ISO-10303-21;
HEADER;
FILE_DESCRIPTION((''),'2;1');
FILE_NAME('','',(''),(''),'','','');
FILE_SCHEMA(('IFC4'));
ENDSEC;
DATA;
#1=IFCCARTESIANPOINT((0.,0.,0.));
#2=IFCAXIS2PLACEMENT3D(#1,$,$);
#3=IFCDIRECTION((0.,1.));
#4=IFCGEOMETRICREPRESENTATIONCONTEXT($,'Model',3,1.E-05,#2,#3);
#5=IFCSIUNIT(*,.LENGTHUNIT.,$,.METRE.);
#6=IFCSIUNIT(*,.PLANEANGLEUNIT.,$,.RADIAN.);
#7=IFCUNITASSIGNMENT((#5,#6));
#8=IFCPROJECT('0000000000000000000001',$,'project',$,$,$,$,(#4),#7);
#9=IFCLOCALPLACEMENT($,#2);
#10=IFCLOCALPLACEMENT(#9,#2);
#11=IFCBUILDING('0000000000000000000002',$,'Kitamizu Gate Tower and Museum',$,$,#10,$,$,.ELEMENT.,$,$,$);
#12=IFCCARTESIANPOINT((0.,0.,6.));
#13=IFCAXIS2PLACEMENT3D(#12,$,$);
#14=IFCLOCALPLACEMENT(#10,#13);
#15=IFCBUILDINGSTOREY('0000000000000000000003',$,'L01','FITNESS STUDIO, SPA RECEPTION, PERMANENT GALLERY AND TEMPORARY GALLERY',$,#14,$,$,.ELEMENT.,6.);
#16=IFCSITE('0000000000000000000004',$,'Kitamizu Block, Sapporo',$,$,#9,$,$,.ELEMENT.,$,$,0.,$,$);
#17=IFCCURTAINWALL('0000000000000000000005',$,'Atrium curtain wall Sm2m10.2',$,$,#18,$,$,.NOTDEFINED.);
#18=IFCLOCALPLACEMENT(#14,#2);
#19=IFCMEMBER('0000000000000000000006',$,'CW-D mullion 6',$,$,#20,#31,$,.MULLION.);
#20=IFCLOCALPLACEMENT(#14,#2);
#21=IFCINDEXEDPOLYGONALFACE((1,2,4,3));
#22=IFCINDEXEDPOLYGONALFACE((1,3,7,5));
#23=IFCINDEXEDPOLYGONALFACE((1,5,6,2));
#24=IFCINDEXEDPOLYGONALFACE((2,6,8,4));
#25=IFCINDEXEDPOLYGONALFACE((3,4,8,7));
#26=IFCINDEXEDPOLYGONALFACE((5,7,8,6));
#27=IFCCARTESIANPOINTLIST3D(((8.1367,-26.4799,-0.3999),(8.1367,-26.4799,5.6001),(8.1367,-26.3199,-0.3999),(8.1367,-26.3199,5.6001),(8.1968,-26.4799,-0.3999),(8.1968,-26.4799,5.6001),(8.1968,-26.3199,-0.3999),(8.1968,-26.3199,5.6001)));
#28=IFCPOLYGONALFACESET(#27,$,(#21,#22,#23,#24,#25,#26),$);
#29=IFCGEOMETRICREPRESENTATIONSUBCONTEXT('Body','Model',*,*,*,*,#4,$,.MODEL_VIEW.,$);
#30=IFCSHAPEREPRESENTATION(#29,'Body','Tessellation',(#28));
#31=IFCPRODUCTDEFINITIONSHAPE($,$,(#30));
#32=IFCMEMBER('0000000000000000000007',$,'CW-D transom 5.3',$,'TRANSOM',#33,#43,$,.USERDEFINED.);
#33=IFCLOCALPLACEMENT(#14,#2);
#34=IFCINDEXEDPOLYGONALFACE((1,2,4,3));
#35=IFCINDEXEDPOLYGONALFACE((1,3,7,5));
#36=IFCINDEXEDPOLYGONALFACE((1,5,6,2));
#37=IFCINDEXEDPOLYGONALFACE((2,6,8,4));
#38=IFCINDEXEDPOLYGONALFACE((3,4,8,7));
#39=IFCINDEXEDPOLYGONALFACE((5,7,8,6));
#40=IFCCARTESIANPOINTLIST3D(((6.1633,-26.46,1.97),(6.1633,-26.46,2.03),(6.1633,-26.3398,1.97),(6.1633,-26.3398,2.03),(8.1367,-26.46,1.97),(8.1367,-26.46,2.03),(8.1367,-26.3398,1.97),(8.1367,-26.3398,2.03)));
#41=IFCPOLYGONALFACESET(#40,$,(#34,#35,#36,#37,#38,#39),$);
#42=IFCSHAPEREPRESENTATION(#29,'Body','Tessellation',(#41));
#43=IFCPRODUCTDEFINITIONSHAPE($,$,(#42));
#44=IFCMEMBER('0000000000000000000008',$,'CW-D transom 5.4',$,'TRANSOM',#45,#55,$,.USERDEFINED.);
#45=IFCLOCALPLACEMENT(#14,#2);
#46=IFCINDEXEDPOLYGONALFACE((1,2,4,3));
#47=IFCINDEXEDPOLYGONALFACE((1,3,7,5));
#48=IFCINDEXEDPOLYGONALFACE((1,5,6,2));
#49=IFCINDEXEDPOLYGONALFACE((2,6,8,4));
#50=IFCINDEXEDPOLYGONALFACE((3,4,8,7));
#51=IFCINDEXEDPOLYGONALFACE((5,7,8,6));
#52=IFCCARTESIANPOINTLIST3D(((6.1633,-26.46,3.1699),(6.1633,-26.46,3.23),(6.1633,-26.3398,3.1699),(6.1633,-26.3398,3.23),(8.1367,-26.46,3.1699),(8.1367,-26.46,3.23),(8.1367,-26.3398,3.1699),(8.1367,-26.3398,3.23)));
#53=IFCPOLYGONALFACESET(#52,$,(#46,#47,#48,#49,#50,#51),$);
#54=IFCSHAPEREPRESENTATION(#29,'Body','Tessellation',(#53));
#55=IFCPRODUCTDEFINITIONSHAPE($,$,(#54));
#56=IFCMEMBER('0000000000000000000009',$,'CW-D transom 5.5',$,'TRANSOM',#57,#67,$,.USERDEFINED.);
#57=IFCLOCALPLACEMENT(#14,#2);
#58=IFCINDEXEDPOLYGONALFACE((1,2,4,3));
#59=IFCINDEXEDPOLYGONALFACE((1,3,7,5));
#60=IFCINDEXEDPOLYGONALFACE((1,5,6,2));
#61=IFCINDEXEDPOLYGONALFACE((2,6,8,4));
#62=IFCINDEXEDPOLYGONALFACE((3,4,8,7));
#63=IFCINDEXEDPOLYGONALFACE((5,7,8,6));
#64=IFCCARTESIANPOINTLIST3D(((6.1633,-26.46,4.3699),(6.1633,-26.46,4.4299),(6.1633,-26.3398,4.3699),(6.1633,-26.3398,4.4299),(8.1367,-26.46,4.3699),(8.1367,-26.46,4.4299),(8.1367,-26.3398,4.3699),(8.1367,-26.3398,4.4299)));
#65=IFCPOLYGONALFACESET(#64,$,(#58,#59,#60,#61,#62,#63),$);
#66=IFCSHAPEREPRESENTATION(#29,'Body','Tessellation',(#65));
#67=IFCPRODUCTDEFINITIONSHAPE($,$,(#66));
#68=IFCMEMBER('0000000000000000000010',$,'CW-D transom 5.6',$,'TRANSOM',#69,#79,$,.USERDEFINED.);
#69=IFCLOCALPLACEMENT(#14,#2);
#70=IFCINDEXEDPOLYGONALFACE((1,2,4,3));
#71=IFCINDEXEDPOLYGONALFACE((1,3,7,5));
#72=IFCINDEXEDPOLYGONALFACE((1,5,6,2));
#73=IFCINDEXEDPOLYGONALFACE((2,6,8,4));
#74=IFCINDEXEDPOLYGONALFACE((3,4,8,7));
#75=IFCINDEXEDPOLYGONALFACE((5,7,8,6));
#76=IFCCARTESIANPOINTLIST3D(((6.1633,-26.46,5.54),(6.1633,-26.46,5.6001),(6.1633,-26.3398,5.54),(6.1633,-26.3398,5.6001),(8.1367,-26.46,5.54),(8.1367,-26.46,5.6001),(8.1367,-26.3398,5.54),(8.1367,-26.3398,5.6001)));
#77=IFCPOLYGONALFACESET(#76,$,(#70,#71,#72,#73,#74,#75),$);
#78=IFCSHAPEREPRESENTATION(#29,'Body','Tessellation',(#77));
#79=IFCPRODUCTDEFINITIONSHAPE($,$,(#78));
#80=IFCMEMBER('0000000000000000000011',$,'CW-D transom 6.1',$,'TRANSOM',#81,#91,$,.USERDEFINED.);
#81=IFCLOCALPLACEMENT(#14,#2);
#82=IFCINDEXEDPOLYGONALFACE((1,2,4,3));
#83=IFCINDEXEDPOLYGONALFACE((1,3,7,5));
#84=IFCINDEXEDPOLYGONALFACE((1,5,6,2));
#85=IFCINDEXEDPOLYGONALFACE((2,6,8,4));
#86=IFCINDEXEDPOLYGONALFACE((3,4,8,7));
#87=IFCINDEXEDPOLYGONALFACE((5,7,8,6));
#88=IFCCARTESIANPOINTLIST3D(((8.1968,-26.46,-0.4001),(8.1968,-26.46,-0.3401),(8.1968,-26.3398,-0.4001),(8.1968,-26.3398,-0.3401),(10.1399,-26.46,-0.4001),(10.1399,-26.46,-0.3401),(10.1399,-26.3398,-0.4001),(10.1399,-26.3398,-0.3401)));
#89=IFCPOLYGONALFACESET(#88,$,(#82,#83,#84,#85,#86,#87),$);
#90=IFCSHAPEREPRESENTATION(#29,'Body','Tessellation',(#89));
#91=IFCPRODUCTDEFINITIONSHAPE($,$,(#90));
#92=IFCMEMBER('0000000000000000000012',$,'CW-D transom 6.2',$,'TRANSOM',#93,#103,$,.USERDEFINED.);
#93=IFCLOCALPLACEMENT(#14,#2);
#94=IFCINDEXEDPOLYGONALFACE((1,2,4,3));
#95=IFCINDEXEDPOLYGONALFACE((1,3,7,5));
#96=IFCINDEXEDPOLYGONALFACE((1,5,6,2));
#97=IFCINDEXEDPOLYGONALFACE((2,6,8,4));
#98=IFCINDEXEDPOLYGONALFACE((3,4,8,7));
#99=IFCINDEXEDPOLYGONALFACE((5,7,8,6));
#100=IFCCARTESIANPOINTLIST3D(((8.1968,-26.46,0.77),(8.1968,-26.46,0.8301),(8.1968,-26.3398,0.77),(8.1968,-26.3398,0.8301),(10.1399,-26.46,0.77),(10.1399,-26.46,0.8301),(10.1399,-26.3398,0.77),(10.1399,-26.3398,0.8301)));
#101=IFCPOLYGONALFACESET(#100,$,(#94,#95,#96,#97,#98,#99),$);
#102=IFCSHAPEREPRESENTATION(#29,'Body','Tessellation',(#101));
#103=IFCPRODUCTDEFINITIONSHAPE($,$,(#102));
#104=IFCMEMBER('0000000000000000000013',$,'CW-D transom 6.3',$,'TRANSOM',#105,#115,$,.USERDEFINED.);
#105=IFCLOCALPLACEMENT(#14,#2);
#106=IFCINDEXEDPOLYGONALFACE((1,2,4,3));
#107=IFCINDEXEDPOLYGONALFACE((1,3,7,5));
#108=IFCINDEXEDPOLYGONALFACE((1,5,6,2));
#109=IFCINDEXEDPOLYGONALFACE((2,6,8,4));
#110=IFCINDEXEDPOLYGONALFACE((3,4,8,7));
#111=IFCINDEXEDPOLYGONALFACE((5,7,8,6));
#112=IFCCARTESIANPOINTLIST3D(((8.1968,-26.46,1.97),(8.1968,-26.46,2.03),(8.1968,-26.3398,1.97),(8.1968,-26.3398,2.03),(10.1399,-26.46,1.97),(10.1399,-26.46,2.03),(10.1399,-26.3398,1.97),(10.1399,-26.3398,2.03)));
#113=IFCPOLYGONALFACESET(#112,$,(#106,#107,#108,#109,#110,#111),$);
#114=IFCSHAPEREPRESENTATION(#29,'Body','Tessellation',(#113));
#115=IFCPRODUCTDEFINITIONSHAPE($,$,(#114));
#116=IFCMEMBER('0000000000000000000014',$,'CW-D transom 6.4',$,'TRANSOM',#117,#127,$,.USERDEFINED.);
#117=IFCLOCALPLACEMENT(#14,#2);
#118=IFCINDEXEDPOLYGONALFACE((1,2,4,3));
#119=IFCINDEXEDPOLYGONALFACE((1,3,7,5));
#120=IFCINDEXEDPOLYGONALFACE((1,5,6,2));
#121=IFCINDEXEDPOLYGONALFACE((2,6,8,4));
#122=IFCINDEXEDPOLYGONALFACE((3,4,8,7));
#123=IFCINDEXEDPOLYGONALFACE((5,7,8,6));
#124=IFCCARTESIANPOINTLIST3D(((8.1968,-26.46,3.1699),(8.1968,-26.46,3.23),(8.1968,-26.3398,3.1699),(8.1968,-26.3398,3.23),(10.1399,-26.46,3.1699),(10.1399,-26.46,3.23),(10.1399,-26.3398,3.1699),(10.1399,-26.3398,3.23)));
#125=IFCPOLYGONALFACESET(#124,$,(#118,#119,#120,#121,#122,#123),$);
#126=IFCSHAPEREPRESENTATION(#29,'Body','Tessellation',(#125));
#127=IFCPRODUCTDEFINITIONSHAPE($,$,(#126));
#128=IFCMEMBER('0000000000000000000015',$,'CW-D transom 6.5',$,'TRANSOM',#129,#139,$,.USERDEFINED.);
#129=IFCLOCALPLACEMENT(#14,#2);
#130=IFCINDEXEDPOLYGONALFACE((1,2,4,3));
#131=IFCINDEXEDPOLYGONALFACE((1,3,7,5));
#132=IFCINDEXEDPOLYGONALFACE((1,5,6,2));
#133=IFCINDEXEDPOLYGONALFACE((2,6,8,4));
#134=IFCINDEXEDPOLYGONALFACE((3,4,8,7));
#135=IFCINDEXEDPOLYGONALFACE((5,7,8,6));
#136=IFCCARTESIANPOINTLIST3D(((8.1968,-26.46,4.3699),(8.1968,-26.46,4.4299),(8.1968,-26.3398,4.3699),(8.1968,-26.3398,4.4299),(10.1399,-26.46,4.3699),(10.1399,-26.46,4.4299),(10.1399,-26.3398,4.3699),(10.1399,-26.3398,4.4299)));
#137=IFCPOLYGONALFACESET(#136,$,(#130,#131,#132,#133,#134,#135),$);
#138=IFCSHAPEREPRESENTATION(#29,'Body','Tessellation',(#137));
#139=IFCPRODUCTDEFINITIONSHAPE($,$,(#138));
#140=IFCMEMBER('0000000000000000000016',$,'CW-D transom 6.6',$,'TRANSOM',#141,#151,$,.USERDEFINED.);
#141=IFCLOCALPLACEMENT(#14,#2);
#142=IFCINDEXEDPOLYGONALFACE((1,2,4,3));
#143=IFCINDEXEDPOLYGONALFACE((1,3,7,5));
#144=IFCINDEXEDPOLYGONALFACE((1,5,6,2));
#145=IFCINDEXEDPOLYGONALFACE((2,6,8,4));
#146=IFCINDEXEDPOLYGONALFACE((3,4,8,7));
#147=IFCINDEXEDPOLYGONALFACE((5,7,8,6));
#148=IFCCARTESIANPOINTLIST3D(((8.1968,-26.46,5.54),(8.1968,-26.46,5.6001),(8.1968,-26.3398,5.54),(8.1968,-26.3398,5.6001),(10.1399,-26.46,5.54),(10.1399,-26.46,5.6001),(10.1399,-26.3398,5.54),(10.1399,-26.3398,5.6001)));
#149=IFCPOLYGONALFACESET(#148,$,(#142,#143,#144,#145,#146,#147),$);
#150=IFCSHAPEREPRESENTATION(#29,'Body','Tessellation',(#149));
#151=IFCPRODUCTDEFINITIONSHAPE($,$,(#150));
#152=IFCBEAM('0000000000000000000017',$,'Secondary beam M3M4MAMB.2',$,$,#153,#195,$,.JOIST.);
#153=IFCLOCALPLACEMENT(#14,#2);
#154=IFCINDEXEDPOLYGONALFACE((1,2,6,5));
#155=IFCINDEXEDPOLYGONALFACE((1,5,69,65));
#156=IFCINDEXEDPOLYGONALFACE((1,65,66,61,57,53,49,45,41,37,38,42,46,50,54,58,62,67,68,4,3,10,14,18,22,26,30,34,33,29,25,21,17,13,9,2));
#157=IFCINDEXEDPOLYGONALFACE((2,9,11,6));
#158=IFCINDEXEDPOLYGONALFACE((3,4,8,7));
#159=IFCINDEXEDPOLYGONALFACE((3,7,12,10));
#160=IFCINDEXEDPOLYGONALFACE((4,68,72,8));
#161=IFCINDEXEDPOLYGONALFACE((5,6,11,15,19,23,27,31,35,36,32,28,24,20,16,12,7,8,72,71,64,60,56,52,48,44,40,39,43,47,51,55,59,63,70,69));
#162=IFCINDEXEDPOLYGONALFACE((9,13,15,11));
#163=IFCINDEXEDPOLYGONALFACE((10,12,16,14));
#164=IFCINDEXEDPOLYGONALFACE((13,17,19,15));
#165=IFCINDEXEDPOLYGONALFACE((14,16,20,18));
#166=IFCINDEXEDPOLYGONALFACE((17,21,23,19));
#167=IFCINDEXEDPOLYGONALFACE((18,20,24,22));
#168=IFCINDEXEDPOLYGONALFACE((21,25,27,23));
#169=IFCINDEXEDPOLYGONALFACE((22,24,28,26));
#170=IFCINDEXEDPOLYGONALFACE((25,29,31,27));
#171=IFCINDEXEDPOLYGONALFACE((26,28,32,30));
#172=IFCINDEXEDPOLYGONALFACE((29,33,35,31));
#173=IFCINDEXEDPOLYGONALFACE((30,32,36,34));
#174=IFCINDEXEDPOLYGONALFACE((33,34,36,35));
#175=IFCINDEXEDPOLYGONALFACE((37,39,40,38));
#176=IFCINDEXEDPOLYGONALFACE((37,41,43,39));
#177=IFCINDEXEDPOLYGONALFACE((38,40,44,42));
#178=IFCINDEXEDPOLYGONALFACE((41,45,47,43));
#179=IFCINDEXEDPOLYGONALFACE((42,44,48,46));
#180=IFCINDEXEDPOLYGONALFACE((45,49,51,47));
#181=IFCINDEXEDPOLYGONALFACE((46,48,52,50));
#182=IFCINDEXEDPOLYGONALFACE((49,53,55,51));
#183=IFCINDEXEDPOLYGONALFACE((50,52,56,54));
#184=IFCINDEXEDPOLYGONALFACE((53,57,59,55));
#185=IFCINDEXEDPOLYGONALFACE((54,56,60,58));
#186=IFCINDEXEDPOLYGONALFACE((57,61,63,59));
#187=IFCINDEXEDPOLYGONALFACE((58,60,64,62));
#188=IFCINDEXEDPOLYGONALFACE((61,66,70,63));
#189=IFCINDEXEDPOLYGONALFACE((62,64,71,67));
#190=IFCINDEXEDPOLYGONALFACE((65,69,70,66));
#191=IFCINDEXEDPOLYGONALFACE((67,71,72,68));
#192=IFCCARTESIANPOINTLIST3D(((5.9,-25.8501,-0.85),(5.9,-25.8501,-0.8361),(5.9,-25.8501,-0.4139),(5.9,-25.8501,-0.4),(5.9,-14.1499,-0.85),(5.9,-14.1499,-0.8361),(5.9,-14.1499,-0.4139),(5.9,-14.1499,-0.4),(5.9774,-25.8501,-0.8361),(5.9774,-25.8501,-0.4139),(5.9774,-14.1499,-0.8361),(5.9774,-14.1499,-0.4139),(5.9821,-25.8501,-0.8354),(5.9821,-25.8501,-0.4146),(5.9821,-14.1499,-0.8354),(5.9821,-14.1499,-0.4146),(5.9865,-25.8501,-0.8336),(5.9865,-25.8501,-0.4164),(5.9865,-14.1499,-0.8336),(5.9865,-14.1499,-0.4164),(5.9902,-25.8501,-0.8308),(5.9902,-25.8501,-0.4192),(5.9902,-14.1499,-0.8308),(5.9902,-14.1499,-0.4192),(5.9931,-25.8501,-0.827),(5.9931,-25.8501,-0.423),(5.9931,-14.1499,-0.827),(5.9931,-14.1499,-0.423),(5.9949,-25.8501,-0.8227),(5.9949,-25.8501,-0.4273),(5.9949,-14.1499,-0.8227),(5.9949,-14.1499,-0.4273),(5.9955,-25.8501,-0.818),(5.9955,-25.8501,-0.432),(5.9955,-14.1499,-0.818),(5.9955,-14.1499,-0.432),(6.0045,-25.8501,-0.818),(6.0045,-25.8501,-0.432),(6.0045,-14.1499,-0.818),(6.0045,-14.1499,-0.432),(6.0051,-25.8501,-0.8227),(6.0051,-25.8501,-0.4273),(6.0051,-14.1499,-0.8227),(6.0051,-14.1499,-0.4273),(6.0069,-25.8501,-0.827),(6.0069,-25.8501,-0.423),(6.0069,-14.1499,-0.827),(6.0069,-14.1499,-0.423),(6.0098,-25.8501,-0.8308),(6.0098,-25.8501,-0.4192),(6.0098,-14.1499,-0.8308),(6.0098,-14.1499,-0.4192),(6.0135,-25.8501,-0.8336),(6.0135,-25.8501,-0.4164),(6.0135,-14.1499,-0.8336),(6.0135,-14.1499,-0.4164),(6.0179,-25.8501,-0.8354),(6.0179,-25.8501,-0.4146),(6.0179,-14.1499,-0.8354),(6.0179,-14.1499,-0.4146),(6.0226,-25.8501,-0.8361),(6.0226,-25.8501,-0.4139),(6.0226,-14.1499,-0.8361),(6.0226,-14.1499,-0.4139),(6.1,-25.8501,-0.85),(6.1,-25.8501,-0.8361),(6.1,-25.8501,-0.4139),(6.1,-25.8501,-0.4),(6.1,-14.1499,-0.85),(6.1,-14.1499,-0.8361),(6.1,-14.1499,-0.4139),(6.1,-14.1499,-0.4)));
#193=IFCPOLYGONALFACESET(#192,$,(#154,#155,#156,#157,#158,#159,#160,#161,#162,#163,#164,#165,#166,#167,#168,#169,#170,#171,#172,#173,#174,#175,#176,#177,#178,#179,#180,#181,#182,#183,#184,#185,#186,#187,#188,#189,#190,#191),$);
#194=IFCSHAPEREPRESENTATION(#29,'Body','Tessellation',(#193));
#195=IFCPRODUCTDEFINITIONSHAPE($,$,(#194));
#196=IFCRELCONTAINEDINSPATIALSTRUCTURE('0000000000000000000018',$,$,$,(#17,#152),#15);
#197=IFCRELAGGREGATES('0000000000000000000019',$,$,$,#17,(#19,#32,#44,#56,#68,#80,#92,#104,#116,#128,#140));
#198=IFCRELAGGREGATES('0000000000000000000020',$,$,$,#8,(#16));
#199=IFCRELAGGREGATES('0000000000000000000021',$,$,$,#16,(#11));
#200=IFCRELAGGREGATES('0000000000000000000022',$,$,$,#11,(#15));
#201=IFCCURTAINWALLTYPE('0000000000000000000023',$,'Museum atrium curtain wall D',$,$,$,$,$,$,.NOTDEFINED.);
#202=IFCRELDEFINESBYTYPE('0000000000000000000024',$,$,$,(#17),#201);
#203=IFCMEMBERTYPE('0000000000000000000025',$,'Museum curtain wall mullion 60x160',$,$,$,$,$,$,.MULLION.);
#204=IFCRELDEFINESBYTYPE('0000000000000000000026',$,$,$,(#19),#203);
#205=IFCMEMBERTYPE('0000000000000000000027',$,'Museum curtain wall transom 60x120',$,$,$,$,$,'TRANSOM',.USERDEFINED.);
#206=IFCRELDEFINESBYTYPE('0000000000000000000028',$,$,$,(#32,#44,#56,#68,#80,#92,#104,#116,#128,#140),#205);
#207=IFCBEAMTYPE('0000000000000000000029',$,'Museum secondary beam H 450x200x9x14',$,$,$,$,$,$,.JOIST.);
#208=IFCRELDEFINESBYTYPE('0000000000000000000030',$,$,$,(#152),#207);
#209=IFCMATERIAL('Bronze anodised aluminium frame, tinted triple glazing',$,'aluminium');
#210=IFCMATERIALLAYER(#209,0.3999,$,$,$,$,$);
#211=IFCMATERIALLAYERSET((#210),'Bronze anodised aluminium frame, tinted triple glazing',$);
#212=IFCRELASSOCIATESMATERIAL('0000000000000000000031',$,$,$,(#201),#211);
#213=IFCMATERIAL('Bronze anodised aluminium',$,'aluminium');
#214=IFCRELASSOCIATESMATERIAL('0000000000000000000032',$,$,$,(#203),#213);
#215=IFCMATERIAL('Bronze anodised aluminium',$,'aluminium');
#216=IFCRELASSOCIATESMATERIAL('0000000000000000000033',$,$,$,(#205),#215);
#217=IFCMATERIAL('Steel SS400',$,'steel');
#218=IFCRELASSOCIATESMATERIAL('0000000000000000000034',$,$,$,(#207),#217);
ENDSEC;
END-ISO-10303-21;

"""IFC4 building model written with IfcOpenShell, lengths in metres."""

from ifc_helpers import new_model, si_unit, direction, frame, origin, origin_2d, place, context, subcontext, project, spatial, rectangle, i_section, extrude, material, layer, layer_set, material_profile, profile_set, type_object, element, aggregate, save


model = new_model("IFC4")

# Units and contexts
model_context = context("Model", 3, precision=1e-05, world=origin(), true_north=direction((0.0, 1.0)))
body_context = subcontext(model_context, "Body", "Model", "MODEL_VIEW")
ifc_project = project(units=[si_unit("LENGTHUNIT", "METRE"), si_unit("PLANEANGLEUNIT", "RADIAN")], contexts=[model_context])

# Site, building, storey
site_placement = place(None, origin())
site = spatial("IfcSite", under=ifc_project, at=site_placement, Name="Kitamizu Block, Sapporo", CompositionType="ELEMENT", RefElevation=0.0)
building_placement = place(site_placement, origin())
building = spatial("IfcBuilding", under=site, at=building_placement, Name="Kitamizu Gate Tower and Museum", CompositionType="ELEMENT")
storey_placement = place(building_placement, frame((0.0, 0.0, 6.0)))
storey = spatial("IfcBuildingStorey", under=building, at=storey_placement, Name="L01", Description="FITNESS STUDIO, SPA RECEPTION, PERMANENT GALLERY AND TEMPORARY GALLERY", CompositionType="ELEMENT", Elevation=6.0)

# Curtain wall, members
ifc_material_1 = material(Name="Bronze anodised aluminium frame, tinted triple glazing", Category="aluminium")
ifc_layer_1 = layer(ifc_material_1, 0.3999)
ifc_layer_set_1 = layer_set([ifc_layer_1], Name="Bronze anodised aluminium frame, tinted triple glazing")
curtain_wall_type = type_object("IfcCurtainWallType", Name="Museum atrium curtain wall D", PredefinedType="NOTDEFINED", material=ifc_layer_set_1)
curtain_wall_placement = place(storey_placement, origin())
curtain_wall = element("IfcCurtainWall", 1, at=curtain_wall_placement, inside=storey, type_object=curtain_wall_type, Name="Atrium curtain wall Sm2m10.2", PredefinedType="NOTDEFINED")
ifc_material_2 = material(Name="Bronze anodised aluminium", Category="aluminium")
ifc_material_profile_1 = material_profile(ifc_material_2, rectangle(XDim=0.0601, YDim=0.1599, at=origin_2d()), Name="60x160")
ifc_profile_set_1 = profile_set([ifc_material_profile_1], Name="Bronze anodised aluminium")
member_type_1 = type_object("IfcMemberType", Name="Museum curtain wall mullion 60x160", PredefinedType="MULLION", material=ifc_profile_set_1)
member_1_placement = place(storey_placement, frame((8.1667, -26.3999, -0.3999), z_axis=(0.0, 0.0, 1.0), x_axis=(1.0, 0.0, 0.0)))
member_1 = element("IfcMember", 2, at=member_1_placement, type_object=member_type_1, Name="CW-D mullion 6", PredefinedType="MULLION", context=body_context, shape_type="SweptSolid", body=[
    extrude(rectangle(XDim=0.0601, YDim=0.1599, at=origin_2d()), origin(), (0.0, 0.0, 1.0), 6.0),
])
ifc_material_3 = material(Name="Bronze anodised aluminium", Category="aluminium")
ifc_material_profile_2 = material_profile(ifc_material_3, rectangle(XDim=0.1201, YDim=0.0601, at=origin_2d()), Name="120x60")
ifc_profile_set_2 = profile_set([ifc_material_profile_2], Name="Bronze anodised aluminium")
member_type_2 = type_object("IfcMemberType", Name="Museum curtain wall transom 60x120", ElementType="TRANSOM", PredefinedType="USERDEFINED", material=ifc_profile_set_2)
member_2_placement = place(storey_placement, frame((6.1633, -26.3999, 2.0), z_axis=(1.0, 0.0, 0.0), x_axis=(0.0, 1.0, 0.0)))
member_2 = element("IfcMember", 3, at=member_2_placement, type_object=member_type_2, Name="CW-D transom 5.3", ObjectType="TRANSOM", PredefinedType="USERDEFINED", context=body_context, shape_type="SweptSolid", body=[
    extrude(rectangle(XDim=0.1201, YDim=0.0601, at=origin_2d()), origin(), (0.0, 0.0, 1.0), 1.9734),
])
member_3_placement = place(storey_placement, frame((6.1633, -26.3999, 3.2), z_axis=(1.0, 0.0, 0.0), x_axis=(0.0, 1.0, 0.0)))
member_3 = element("IfcMember", 4, at=member_3_placement, type_object=member_type_2, Name="CW-D transom 5.4", ObjectType="TRANSOM", PredefinedType="USERDEFINED", context=body_context, shape_type="SweptSolid", body=[
    extrude(rectangle(XDim=0.1201, YDim=0.0601, at=origin_2d()), origin(), (0.0, 0.0, 1.0), 1.9734),
])
member_4_placement = place(storey_placement, frame((6.1633, -26.3999, 4.3999), z_axis=(1.0, 0.0, 0.0), x_axis=(0.0, 1.0, 0.0)))
member_4 = element("IfcMember", 5, at=member_4_placement, type_object=member_type_2, Name="CW-D transom 5.5", ObjectType="TRANSOM", PredefinedType="USERDEFINED", context=body_context, shape_type="SweptSolid", body=[
    extrude(rectangle(XDim=0.1201, YDim=0.0601, at=origin_2d()), origin(), (0.0, 0.0, 1.0), 1.9734),
])
member_5_placement = place(storey_placement, frame((6.1633, -26.3999, 5.5701), z_axis=(1.0, 0.0, 0.0), x_axis=(0.0, 1.0, 0.0)))
member_5 = element("IfcMember", 6, at=member_5_placement, type_object=member_type_2, Name="CW-D transom 5.6", ObjectType="TRANSOM", PredefinedType="USERDEFINED", context=body_context, shape_type="SweptSolid", body=[
    extrude(rectangle(XDim=0.1201, YDim=0.0601, at=origin_2d()), origin(), (0.0, 0.0, 1.0), 1.9734),
])
member_6_placement = place(storey_placement, frame((8.1968, -26.3999, -0.3701), z_axis=(1.0, 0.0, 0.0), x_axis=(0.0, 1.0, 0.0)))
member_6 = element("IfcMember", 7, at=member_6_placement, type_object=member_type_2, Name="CW-D transom 6.1", ObjectType="TRANSOM", PredefinedType="USERDEFINED", context=body_context, shape_type="SweptSolid", body=[
    extrude(rectangle(XDim=0.1201, YDim=0.0601, at=origin_2d()), origin(), (0.0, 0.0, 1.0), 1.9431),
])
member_7_placement = place(storey_placement, frame((8.1968, -26.3999, 0.8), z_axis=(1.0, 0.0, 0.0), x_axis=(0.0, 1.0, 0.0)))
member_7 = element("IfcMember", 8, at=member_7_placement, type_object=member_type_2, Name="CW-D transom 6.2", ObjectType="TRANSOM", PredefinedType="USERDEFINED", context=body_context, shape_type="SweptSolid", body=[
    extrude(rectangle(XDim=0.1201, YDim=0.0601, at=origin_2d()), origin(), (0.0, 0.0, 1.0), 1.9431),
])
member_8_placement = place(storey_placement, frame((8.1968, -26.3999, 2.0), z_axis=(1.0, 0.0, 0.0), x_axis=(0.0, 1.0, 0.0)))
member_8 = element("IfcMember", 9, at=member_8_placement, type_object=member_type_2, Name="CW-D transom 6.3", ObjectType="TRANSOM", PredefinedType="USERDEFINED", context=body_context, shape_type="SweptSolid", body=[
    extrude(rectangle(XDim=0.1201, YDim=0.0601, at=origin_2d()), origin(), (0.0, 0.0, 1.0), 1.9431),
])
member_9_placement = place(storey_placement, frame((8.1968, -26.3999, 3.2), z_axis=(1.0, 0.0, 0.0), x_axis=(0.0, 1.0, 0.0)))
member_9 = element("IfcMember", 10, at=member_9_placement, type_object=member_type_2, Name="CW-D transom 6.4", ObjectType="TRANSOM", PredefinedType="USERDEFINED", context=body_context, shape_type="SweptSolid", body=[
    extrude(rectangle(XDim=0.1201, YDim=0.0601, at=origin_2d()), origin(), (0.0, 0.0, 1.0), 1.9431),
])
member_10_placement = place(storey_placement, frame((8.1968, -26.3999, 4.3999), z_axis=(1.0, 0.0, 0.0), x_axis=(0.0, 1.0, 0.0)))
member_10 = element("IfcMember", 11, at=member_10_placement, type_object=member_type_2, Name="CW-D transom 6.5", ObjectType="TRANSOM", PredefinedType="USERDEFINED", context=body_context, shape_type="SweptSolid", body=[
    extrude(rectangle(XDim=0.1201, YDim=0.0601, at=origin_2d()), origin(), (0.0, 0.0, 1.0), 1.9431),
])
member_11_placement = place(storey_placement, frame((8.1968, -26.3999, 5.5701), z_axis=(1.0, 0.0, 0.0), x_axis=(0.0, 1.0, 0.0)))
member_11 = element("IfcMember", 12, at=member_11_placement, type_object=member_type_2, Name="CW-D transom 6.6", ObjectType="TRANSOM", PredefinedType="USERDEFINED", context=body_context, shape_type="SweptSolid", body=[
    extrude(rectangle(XDim=0.1201, YDim=0.0601, at=origin_2d()), origin(), (0.0, 0.0, 1.0), 1.9431),
])

# Beam
ifc_material_4 = material(Name="Steel SS400", Category="steel")
ifc_material_profile_3 = material_profile(ifc_material_4, i_section(OverallWidth=0.2, OverallDepth=0.45, WebThickness=0.009, FlangeThickness=0.0139, FilletRadius=0.0181, at=origin_2d()), Name="H-450x200x9x14")
ifc_profile_set_3 = profile_set([ifc_material_profile_3], Name="Steel SS400")
beam_type = type_object("IfcBeamType", Name="Museum secondary beam H 450x200x9x14", PredefinedType="JOIST", material=ifc_profile_set_3)
beam_placement = place(storey_placement, frame((6.0, -25.8501, -0.625), z_axis=(0.0, 1.0, 0.0), x_axis=(-1.0, 0.0, 0.0)))
element("IfcBeam", 13, at=beam_placement, inside=storey, type_object=beam_type, Name="Secondary beam M3M4MAMB.2", PredefinedType="JOIST", context=body_context, shape_type="SweptSolid", body=[
    extrude(i_section(OverallWidth=0.2, OverallDepth=0.45, WebThickness=0.009, FlangeThickness=0.0139, FilletRadius=0.0181, at=origin_2d()), origin(), (0.0, 0.0, 1.0), 11.7002),
])

aggregate(curtain_wall, [member_1, member_2, member_3, member_4, member_5, member_6, member_7, member_8, member_9, member_10, member_11])

save(model, "model.ifc")
